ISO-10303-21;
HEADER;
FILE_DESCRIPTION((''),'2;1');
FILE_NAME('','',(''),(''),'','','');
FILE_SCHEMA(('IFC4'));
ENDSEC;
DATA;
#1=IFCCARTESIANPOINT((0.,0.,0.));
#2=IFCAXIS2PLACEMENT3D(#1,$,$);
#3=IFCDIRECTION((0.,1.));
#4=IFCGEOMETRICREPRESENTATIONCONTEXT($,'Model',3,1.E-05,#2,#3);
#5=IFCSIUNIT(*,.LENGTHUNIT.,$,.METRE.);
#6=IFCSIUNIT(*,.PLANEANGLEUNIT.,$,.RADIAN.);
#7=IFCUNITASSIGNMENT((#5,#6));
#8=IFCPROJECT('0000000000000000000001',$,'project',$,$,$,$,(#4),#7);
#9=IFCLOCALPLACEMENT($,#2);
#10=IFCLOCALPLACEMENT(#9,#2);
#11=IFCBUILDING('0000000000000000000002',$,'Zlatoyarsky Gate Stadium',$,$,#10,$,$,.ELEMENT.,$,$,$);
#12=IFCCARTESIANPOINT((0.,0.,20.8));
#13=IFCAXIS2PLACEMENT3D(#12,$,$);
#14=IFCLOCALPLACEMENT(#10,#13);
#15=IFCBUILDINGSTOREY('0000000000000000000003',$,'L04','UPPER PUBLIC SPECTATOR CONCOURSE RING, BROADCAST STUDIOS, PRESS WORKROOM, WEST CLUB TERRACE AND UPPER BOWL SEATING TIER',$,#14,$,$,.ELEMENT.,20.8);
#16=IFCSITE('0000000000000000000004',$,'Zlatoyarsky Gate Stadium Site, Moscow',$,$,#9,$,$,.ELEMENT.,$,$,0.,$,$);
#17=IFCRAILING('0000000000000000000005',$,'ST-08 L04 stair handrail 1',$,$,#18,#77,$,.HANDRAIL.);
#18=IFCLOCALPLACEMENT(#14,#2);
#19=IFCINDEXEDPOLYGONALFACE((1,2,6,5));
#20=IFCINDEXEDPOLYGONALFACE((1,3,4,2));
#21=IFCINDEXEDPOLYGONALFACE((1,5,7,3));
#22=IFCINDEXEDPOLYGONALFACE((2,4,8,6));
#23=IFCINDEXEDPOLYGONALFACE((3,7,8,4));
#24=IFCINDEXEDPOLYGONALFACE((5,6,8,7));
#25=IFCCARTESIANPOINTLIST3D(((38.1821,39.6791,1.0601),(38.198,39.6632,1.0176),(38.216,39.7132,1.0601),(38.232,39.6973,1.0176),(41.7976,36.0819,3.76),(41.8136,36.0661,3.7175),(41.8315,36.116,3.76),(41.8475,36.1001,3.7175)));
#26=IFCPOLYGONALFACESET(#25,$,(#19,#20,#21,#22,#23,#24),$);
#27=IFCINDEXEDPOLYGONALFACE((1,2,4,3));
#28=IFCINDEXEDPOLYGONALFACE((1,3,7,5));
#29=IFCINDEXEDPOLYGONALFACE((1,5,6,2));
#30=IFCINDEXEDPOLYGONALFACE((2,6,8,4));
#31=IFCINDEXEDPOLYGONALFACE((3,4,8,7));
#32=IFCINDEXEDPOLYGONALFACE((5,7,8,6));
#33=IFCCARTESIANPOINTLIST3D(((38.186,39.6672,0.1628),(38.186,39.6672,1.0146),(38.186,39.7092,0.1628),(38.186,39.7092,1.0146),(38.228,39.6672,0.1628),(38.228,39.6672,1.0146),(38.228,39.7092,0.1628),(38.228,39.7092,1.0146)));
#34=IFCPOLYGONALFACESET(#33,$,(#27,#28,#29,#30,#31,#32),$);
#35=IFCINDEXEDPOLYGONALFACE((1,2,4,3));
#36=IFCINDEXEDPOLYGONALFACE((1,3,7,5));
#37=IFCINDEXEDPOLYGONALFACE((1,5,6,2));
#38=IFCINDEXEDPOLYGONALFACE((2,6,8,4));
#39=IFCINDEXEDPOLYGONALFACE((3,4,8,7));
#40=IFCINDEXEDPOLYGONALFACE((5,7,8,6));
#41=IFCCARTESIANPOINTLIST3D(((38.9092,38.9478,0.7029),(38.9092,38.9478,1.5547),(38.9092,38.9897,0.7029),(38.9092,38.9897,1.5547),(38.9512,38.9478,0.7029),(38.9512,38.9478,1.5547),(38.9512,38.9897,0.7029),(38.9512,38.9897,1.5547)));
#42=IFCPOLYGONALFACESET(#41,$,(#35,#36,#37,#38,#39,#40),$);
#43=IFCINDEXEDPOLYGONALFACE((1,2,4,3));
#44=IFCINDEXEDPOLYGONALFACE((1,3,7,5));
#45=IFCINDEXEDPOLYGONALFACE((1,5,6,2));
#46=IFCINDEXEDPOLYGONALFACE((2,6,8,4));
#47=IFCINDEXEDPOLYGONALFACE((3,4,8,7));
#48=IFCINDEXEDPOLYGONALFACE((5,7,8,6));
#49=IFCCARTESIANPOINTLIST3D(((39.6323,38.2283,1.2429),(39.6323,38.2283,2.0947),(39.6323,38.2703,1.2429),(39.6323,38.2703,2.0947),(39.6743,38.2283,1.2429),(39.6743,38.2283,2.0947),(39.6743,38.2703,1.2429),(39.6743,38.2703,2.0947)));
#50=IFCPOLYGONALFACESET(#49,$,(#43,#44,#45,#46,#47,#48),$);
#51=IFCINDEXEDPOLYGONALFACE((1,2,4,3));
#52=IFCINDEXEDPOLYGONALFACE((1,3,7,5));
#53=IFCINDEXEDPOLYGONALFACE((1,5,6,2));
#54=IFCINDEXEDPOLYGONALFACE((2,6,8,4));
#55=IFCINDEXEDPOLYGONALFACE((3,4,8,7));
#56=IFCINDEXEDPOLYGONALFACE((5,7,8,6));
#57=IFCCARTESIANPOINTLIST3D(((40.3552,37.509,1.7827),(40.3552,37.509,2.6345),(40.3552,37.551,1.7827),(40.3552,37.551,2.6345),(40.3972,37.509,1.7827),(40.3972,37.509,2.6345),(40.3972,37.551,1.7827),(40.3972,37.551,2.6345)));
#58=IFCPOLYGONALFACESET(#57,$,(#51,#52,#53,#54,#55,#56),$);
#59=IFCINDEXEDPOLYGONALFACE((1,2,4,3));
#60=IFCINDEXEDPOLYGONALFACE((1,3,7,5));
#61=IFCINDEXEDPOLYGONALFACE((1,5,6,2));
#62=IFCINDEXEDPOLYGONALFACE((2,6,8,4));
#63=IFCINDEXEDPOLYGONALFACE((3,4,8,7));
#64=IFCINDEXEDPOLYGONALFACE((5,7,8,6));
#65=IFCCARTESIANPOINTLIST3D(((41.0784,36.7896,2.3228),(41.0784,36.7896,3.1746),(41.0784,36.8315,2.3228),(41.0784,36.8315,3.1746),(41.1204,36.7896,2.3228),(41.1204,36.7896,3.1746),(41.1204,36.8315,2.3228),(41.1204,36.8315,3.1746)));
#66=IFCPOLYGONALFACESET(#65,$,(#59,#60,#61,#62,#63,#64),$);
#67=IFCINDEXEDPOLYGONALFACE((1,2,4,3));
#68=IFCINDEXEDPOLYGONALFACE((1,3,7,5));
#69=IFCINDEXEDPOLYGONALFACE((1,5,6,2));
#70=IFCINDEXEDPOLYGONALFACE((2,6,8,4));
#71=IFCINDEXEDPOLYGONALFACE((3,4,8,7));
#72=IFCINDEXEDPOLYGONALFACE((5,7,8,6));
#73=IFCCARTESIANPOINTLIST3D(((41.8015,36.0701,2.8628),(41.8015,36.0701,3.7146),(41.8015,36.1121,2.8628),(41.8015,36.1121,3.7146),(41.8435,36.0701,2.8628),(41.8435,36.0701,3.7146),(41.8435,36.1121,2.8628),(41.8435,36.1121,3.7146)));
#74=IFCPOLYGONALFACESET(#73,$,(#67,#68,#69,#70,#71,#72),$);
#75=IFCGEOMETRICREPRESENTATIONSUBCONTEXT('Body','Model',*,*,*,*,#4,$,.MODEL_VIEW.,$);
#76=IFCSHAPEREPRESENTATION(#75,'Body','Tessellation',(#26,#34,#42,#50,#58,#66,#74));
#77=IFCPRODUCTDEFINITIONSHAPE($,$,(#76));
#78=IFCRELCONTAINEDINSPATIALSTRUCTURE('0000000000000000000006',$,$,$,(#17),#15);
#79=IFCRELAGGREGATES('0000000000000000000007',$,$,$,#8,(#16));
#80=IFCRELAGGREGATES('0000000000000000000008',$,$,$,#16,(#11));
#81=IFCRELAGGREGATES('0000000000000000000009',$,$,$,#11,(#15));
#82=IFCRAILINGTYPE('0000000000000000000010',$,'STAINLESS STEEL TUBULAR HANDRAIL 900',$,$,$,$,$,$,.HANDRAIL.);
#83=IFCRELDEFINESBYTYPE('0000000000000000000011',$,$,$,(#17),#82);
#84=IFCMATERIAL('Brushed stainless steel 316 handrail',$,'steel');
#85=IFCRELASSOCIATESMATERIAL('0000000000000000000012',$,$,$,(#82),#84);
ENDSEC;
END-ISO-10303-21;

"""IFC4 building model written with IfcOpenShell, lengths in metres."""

from ifc_helpers import new_model, si_unit, direction, frame, origin, origin_2d, place, context, subcontext, project, spatial, rectangle, extrude, material, type_object, element, save


model = new_model("IFC4")

# Units and contexts
model_context = context("Model", 3, precision=1e-05, world=origin(), true_north=direction((0.0, 1.0)))
body_context = subcontext(model_context, "Body", "Model", "MODEL_VIEW")
ifc_project = project(units=[si_unit("LENGTHUNIT", "METRE"), si_unit("PLANEANGLEUNIT", "RADIAN")], contexts=[model_context])

# Site, building, storey
site_placement = place(None, origin())
site = spatial("IfcSite", under=ifc_project, at=site_placement, Name="Zlatoyarsky Gate Stadium Site, Moscow", CompositionType="ELEMENT", RefElevation=0.0)
building_placement = place(site_placement, origin())
building = spatial("IfcBuilding", under=site, at=building_placement, Name="Zlatoyarsky Gate Stadium", CompositionType="ELEMENT")
storey_placement = place(building_placement, frame((0.0, 0.0, 20.8)))
storey = spatial("IfcBuildingStorey", under=building, at=storey_placement, Name="L04", Description="UPPER PUBLIC SPECTATOR CONCOURSE RING, BROADCAST STUDIOS, PRESS WORKROOM, WEST CLUB TERRACE AND UPPER BOWL SEATING TIER", CompositionType="ELEMENT", Elevation=20.8)

# Railing
ifc_material_1 = material(Name="Brushed stainless steel 316 handrail", Category="steel")
railing_type_1 = type_object("IfcRailingType", Name="STAINLESS STEEL TUBULAR HANDRAIL 900", PredefinedType="HANDRAIL", material=ifc_material_1)
railing_1_placement = place(storey_placement, frame((38.207, 39.6882, 0.1628)))
element("IfcRailing", 1, at=railing_1_placement, inside=storey, type_object=railing_type_1, Name="ST-08 L04 stair handrail 1", PredefinedType="HANDRAIL", context=body_context, shape_type="SweptSolid", body=[
    extrude(rectangle(XDim=0.0481, YDim=0.0481, at=origin_2d()), frame((0.0, 0.0, 0.876), z_axis=(0.626523, -0.62335, 0.467872), x_axis=(0.705309, 0.7089, 0.0)), (0.0, 0.0, 1.0), 5.7708),
    extrude(rectangle(XDim=0.042, YDim=0.042, at=origin_2d()), origin(), (0.0, 0.0, 1.0), 0.8518),
    extrude(rectangle(XDim=0.042, YDim=0.042, at=origin_2d()), frame((0.7231, -0.7195, 0.54)), (0.0, 0.0, 1.0), 0.8518),
    extrude(rectangle(XDim=0.042, YDim=0.042, at=origin_2d()), frame((1.4463, -1.439, 1.0801)), (0.0, 0.0, 1.0), 0.8518),
    extrude(rectangle(XDim=0.042, YDim=0.042, at=origin_2d()), frame((2.1692, -2.1582, 1.6199)), (0.0, 0.0, 1.0), 0.8518),
    extrude(rectangle(XDim=0.042, YDim=0.042, at=origin_2d()), frame((2.8923, -2.8777, 2.1599)), (0.0, 0.0, 1.0), 0.8518),
    extrude(rectangle(XDim=0.042, YDim=0.042, at=origin_2d()), frame((3.6155, -3.5972, 2.7)), (0.0, 0.0, 1.0), 0.8518),
])

save(model, "model.ifc")
